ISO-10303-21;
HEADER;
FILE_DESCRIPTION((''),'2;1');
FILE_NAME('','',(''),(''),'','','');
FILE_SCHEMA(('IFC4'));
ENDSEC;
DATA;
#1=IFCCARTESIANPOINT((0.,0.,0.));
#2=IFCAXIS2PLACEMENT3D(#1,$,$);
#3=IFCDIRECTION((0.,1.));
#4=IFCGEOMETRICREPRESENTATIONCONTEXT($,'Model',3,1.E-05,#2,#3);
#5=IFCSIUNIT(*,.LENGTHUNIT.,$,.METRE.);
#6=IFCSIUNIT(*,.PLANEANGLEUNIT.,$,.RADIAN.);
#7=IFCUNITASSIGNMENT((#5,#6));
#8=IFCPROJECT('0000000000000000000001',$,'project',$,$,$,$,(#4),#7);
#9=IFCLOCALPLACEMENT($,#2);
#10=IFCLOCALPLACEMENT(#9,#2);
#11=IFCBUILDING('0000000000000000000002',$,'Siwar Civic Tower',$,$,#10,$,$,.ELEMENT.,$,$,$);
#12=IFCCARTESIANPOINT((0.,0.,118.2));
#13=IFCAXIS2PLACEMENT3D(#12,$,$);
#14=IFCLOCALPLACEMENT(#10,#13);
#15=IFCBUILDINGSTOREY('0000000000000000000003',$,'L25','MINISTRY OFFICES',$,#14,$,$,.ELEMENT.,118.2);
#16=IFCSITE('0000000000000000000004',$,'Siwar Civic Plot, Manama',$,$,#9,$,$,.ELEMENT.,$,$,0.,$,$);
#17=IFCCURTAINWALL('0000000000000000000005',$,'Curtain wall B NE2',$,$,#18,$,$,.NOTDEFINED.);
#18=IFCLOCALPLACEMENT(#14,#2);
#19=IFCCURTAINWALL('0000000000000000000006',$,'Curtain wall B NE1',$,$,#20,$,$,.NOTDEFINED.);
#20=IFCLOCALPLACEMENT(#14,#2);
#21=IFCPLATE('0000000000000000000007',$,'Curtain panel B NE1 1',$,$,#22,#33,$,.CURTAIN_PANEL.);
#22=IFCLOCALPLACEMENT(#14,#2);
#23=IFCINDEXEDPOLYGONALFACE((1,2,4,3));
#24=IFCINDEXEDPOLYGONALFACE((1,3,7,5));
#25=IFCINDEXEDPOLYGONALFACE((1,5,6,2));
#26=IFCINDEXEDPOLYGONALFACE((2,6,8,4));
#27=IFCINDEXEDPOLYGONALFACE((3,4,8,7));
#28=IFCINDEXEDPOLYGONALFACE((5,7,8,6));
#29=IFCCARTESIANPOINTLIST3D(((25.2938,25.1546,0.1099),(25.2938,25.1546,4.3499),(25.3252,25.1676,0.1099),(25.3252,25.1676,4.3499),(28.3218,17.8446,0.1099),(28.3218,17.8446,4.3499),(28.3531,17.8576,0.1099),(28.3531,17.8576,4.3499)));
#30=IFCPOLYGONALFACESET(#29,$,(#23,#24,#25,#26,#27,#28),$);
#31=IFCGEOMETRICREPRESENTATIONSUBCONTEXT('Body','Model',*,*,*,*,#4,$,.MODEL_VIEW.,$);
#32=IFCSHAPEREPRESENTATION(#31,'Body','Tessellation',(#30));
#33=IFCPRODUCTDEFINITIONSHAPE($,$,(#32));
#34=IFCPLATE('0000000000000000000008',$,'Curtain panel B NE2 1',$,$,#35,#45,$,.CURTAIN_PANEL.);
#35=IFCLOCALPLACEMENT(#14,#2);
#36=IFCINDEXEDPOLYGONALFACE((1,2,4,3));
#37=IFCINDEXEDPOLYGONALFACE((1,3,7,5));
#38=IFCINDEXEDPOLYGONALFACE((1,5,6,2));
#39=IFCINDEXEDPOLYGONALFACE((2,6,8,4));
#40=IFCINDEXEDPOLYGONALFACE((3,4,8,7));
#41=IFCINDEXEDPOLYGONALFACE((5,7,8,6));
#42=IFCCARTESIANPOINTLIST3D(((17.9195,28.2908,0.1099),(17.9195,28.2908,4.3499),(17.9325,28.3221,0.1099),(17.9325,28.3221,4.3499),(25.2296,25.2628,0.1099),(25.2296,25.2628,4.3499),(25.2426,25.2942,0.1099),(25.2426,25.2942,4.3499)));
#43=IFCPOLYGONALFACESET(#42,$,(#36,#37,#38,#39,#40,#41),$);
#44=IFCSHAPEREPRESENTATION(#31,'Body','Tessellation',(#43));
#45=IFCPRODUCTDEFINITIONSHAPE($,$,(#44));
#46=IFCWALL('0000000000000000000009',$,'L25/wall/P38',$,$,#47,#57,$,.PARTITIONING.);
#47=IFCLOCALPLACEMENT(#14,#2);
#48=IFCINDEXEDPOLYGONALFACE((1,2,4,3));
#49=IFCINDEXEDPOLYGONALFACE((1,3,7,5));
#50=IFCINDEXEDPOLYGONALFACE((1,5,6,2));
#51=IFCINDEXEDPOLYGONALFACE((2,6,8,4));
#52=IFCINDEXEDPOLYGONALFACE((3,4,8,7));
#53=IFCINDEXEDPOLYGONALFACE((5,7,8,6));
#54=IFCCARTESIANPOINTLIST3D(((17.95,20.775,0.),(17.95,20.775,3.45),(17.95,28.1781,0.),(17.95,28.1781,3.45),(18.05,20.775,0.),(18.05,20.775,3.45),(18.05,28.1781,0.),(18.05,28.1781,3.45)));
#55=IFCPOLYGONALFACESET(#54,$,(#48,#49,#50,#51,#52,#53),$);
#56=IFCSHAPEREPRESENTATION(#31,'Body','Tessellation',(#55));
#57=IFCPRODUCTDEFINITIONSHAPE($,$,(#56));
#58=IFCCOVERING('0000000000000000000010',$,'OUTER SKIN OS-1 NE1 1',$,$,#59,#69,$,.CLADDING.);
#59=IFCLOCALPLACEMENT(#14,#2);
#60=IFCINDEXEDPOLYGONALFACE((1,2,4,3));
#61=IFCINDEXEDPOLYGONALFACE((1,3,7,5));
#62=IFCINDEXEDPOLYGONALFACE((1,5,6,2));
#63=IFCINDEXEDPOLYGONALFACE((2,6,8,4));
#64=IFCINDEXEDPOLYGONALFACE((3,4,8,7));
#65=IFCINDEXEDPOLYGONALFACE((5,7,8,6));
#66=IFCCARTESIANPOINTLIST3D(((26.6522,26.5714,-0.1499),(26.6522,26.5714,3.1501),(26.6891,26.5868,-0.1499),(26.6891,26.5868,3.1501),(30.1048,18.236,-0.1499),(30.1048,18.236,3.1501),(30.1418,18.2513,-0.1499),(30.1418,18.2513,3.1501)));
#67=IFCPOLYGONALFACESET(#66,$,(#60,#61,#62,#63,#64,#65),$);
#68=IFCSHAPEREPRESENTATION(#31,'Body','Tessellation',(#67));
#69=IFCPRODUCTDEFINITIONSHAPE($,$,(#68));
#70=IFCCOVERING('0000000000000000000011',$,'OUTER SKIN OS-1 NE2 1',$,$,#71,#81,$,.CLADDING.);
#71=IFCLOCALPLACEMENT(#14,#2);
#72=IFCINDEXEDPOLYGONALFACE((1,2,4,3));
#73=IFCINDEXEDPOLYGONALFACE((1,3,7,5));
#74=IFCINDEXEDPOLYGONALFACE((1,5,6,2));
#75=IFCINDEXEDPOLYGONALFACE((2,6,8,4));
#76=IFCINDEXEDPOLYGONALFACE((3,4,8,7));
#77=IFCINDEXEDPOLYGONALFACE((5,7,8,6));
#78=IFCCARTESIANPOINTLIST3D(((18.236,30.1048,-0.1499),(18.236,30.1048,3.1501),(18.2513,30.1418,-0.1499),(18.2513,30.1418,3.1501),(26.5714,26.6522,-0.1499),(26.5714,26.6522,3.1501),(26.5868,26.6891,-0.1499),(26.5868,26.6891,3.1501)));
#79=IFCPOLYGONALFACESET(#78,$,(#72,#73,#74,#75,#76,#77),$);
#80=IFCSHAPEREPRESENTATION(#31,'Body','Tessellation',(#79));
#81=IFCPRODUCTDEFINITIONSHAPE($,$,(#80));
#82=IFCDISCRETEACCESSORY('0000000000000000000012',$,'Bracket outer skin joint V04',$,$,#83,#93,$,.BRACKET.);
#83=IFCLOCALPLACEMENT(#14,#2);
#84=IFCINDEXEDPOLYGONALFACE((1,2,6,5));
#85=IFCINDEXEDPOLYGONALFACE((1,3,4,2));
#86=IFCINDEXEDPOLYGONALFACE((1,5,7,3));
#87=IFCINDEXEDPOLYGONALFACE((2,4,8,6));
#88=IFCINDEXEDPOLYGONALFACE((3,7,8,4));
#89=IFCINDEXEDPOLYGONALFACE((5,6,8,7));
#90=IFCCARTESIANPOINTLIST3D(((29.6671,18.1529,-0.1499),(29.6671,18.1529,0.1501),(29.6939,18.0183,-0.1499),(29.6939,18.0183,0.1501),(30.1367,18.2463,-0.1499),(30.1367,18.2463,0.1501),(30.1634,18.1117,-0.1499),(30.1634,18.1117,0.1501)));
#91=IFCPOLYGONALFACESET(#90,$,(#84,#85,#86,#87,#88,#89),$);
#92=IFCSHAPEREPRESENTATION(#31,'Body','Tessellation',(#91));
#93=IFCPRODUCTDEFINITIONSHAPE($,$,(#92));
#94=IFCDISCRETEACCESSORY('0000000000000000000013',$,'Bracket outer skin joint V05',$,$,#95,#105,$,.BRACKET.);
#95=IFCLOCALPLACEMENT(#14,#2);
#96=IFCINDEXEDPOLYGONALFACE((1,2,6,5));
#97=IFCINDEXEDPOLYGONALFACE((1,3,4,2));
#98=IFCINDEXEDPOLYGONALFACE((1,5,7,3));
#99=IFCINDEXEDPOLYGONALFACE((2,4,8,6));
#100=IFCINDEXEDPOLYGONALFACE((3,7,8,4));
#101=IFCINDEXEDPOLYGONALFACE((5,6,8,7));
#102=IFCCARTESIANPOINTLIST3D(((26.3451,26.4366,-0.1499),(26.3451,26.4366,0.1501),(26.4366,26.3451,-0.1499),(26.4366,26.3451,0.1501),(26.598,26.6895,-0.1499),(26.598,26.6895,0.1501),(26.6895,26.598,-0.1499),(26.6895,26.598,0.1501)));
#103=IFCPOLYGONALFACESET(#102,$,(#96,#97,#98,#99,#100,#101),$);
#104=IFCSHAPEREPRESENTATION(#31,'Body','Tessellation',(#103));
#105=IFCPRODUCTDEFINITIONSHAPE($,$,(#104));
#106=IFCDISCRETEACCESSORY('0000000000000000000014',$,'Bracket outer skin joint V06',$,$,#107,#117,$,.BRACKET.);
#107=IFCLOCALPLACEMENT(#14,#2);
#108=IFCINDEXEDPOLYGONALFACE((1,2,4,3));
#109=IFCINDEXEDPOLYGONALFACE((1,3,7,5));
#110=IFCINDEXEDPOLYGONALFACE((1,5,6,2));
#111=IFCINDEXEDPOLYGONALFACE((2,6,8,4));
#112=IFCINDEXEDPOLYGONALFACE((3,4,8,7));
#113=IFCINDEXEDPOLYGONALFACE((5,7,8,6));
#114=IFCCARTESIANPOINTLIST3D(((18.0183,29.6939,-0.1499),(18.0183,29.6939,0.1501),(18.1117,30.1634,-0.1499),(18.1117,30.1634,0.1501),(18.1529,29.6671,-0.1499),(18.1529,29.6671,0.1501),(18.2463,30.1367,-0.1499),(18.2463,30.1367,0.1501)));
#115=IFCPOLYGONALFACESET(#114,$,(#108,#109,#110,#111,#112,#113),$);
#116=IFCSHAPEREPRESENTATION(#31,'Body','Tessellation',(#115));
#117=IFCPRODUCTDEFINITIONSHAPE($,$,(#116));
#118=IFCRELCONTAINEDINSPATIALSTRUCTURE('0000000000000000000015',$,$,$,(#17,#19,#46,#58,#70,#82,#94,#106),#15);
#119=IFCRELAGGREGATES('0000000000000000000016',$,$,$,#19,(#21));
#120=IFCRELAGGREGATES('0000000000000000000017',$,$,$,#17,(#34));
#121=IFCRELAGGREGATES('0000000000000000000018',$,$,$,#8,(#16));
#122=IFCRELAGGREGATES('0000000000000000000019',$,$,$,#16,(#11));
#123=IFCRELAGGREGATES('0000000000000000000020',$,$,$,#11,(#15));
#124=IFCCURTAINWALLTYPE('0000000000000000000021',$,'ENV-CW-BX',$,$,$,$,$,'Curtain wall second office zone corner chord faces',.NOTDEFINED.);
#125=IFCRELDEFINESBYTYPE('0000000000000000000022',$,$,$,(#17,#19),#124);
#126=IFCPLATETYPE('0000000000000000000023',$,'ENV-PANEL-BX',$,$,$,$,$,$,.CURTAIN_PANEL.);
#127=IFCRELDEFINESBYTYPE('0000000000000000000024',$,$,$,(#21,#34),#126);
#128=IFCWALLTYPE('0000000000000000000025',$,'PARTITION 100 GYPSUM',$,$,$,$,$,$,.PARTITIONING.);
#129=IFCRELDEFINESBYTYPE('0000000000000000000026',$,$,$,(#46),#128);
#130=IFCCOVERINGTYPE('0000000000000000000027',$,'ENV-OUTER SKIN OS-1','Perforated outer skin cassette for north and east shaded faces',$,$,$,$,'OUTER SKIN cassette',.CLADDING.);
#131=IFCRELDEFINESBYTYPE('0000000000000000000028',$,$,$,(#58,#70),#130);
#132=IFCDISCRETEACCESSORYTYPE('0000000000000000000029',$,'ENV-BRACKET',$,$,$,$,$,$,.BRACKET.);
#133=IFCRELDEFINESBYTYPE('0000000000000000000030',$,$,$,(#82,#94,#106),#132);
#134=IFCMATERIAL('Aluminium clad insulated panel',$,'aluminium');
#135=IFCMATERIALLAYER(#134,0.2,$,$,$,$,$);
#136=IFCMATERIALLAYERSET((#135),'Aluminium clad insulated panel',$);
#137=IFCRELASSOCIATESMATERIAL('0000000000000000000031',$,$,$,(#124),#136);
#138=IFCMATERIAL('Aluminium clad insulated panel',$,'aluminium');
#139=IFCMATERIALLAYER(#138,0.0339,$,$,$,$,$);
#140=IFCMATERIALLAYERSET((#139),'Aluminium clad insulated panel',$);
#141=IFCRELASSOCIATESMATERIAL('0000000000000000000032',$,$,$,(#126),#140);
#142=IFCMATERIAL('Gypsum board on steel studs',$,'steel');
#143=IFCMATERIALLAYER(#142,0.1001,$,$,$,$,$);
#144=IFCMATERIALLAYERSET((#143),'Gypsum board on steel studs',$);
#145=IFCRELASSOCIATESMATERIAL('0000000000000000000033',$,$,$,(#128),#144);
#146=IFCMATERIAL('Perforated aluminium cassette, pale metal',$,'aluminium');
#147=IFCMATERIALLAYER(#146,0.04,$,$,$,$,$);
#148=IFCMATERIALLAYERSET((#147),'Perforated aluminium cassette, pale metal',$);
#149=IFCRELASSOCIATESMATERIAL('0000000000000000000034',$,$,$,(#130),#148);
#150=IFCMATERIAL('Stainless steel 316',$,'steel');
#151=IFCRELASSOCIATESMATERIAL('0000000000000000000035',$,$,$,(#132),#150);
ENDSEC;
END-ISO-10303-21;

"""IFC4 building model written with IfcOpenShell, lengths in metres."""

from ifc_helpers import new_model, si_unit, direction, frame, frame_2d, origin, origin_2d, place, context, subcontext, project, spatial, rectangle, extrude, material, layer, layer_set, type_object, element, aggregate, save


model = new_model("IFC4")

# Units and contexts
model_context = context("Model", 3, precision=1e-05, world=origin(), true_north=direction((0.0, 1.0)))
body_context = subcontext(model_context, "Body", "Model", "MODEL_VIEW")
ifc_project = project(units=[si_unit("LENGTHUNIT", "METRE"), si_unit("PLANEANGLEUNIT", "RADIAN")], contexts=[model_context])

# Site, building, storey
site_placement = place(None, origin())
site = spatial("IfcSite", under=ifc_project, at=site_placement, Name="Siwar Civic Plot, Manama", CompositionType="ELEMENT", RefElevation=0.0)
building_placement = place(site_placement, origin())
building = spatial("IfcBuilding", under=site, at=building_placement, Name="Siwar Civic Tower", CompositionType="ELEMENT")
storey_placement = place(building_placement, frame((0.0, 0.0, 118.2)))
storey = spatial("IfcBuildingStorey", under=building, at=storey_placement, Name="L25", Description="MINISTRY OFFICES", CompositionType="ELEMENT", Elevation=118.2)

# Curtain wall
ifc_material_1 = material(Name="Aluminium clad insulated panel", Category="aluminium")
ifc_layer_1 = layer(ifc_material_1, 0.2)
ifc_layer_set_1 = layer_set([ifc_layer_1], Name="Aluminium clad insulated panel")
curtain_wall_type_1 = type_object("IfcCurtainWallType", Name="ENV-CW-BX", ElementType="Curtain wall second office zone corner chord faces", PredefinedType="NOTDEFINED", material=ifc_layer_set_1)
curtain_wall_1_placement = place(storey_placement, origin())
curtain_wall_1 = element("IfcCurtainWall", 1, at=curtain_wall_1_placement, inside=storey, type_object=curtain_wall_type_1, Name="Curtain wall B NE2", PredefinedType="NOTDEFINED")

# Curtain wall, plate
curtain_wall_2_placement = place(storey_placement, origin())
curtain_wall_2 = element("IfcCurtainWall", 2, at=curtain_wall_2_placement, inside=storey, type_object=curtain_wall_type_1, Name="Curtain wall B NE1", PredefinedType="NOTDEFINED")
ifc_material_2 = material(Name="Aluminium clad insulated panel", Category="aluminium")
ifc_layer_2 = layer(ifc_material_2, 0.0339)
ifc_layer_set_2 = layer_set([ifc_layer_2], Name="Aluminium clad insulated panel")
plate_type = type_object("IfcPlateType", Name="ENV-PANEL-BX", PredefinedType="CURTAIN_PANEL", material=ifc_layer_set_2)
plate_1_placement = place(storey_placement, frame((26.8235, 21.5061, 0.1099), z_axis=(0.0, 0.0, 1.0), x_axis=(-0.382683, 0.92388, 0.0)))
plate_1 = element("IfcPlate", 3, at=plate_1_placement, type_object=plate_type, Name="Curtain panel B NE1 1", PredefinedType="CURTAIN_PANEL", context=body_context, shape_type="SweptSolid", body=[
    extrude(rectangle(XDim=7.9124, YDim=0.0339, at=origin_2d()), origin(), (0.0, 0.0, 1.0), 4.24),
])
aggregate(curtain_wall_2, [plate_1])

# Plate
plate_2_placement = place(storey_placement, frame((21.5811, 26.7925, 0.1099), z_axis=(0.0, 0.0, 1.0), x_axis=(-0.92388, 0.382683, 0.0)))
plate_2 = element("IfcPlate", 4, at=plate_2_placement, type_object=plate_type, Name="Curtain panel B NE2 1", PredefinedType="CURTAIN_PANEL", context=body_context, shape_type="SweptSolid", body=[
    extrude(rectangle(XDim=7.9124, YDim=0.0339, at=origin_2d()), origin(), (0.0, 0.0, 1.0), 4.24),
])
aggregate(curtain_wall_1, [plate_2])

# Wall
ifc_material_3 = material(Name="Gypsum board on steel studs", Category="steel")
ifc_layer_3 = layer(ifc_material_3, 0.1001)
ifc_layer_set_3 = layer_set([ifc_layer_3], Name="Gypsum board on steel studs")
wall_type = type_object("IfcWallType", Name="PARTITION 100 GYPSUM", PredefinedType="PARTITIONING", material=ifc_layer_set_3)
wall_placement = place(storey_placement, frame((18.0, 20.7749, 0.0), z_axis=(0.0, 0.0, 1.0), x_axis=(0.0, 1.0, 0.0)))
element("IfcWall", 5, at=wall_placement, inside=storey, type_object=wall_type, Name="L25/wall/P38", PredefinedType="PARTITIONING", context=body_context, shape_type="SweptSolid", body=[
    extrude(rectangle(XDim=7.4031, YDim=0.1001, at=frame_2d((3.7017, 0.0))), origin(), (0.0, 0.0, 1.0), 3.45),
])

# Coverings
ifc_material_4 = material(Name="Perforated aluminium cassette, pale metal", Category="aluminium")
ifc_layer_4 = layer(ifc_material_4, 0.04)
ifc_layer_set_4 = layer_set([ifc_layer_4], Name="Perforated aluminium cassette, pale metal")
covering_type = type_object("IfcCoveringType", Name="ENV-OUTER SKIN OS-1", Description="Perforated outer skin cassette for north and east shaded faces", ElementType="OUTER SKIN cassette", PredefinedType="CLADDING", material=ifc_layer_set_4)
for number, where, z_axis, x_axis, name in (
    (6, (28.397, 22.4114, -0.1499), (0.0, 0.0, 1.0), (-0.382683, 0.92388, 0.0), "OUTER SKIN OS-1 NE1 1"),
    (7, (22.4114, 28.397, -0.1499), (0.0, 0.0, 1.0), (-0.92388, 0.382683, 0.0), "OUTER SKIN OS-1 NE2 1"),
):
    element("IfcCovering", number, at=place(storey_placement, frame(where, z_axis=z_axis, x_axis=x_axis)), inside=storey, type_object=covering_type, Name=name, PredefinedType="CLADDING", context=body_context, shape_type="SweptSolid", body=[
        extrude(rectangle(XDim=9.0222, YDim=0.04, at=origin_2d()), origin(), (0.0, 0.0, 1.0), 3.3),
    ])

# Discrete accessories
ifc_material_5 = material(Name="Stainless steel 316", Category="steel")
discrete_accessory_type = type_object("IfcDiscreteAccessoryType", Name="ENV-BRACKET", PredefinedType="BRACKET", material=ifc_material_5)
discrete_accessory_1_placement = place(storey_placement, frame((29.9153, 18.1323, -0.1499), z_axis=(0.0, 0.0, 1.0), x_axis=(0.980785, 0.19509, 0.0)))
element("IfcDiscreteAccessory", 8, at=discrete_accessory_1_placement, inside=storey, type_object=discrete_accessory_type, Name="Bracket outer skin joint V04", PredefinedType="BRACKET", context=body_context, shape_type="SweptSolid", body=[
    extrude(rectangle(XDim=0.4788, YDim=0.1372, at=origin_2d()), origin(), (0.0, 0.0, 1.0), 0.3),
])
discrete_accessory_2_placement = place(storey_placement, frame((26.5173, 26.5173, -0.1499), z_axis=(0.0, 0.0, 1.0), x_axis=(0.707107, 0.707107, 0.0)))
element("IfcDiscreteAccessory", 9, at=discrete_accessory_2_placement, inside=storey, type_object=discrete_accessory_type, Name="Bracket outer skin joint V05", PredefinedType="BRACKET", context=body_context, shape_type="SweptSolid", body=[
    extrude(rectangle(XDim=0.3577, YDim=0.1294, at=origin_2d()), origin(), (0.0, 0.0, 1.0), 0.3),
])
discrete_accessory_3_placement = place(storey_placement, frame((18.1323, 29.9153, -0.1499), z_axis=(0.0, 0.0, 1.0), x_axis=(0.19509, 0.980785, 0.0)))
element("IfcDiscreteAccessory", 10, at=discrete_accessory_3_placement, inside=storey, type_object=discrete_accessory_type, Name="Bracket outer skin joint V06", PredefinedType="BRACKET", context=body_context, shape_type="SweptSolid", body=[
    extrude(rectangle(XDim=0.4788, YDim=0.1372, at=origin_2d()), origin(), (0.0, 0.0, 1.0), 0.3),
])

save(model, "model.ifc")
